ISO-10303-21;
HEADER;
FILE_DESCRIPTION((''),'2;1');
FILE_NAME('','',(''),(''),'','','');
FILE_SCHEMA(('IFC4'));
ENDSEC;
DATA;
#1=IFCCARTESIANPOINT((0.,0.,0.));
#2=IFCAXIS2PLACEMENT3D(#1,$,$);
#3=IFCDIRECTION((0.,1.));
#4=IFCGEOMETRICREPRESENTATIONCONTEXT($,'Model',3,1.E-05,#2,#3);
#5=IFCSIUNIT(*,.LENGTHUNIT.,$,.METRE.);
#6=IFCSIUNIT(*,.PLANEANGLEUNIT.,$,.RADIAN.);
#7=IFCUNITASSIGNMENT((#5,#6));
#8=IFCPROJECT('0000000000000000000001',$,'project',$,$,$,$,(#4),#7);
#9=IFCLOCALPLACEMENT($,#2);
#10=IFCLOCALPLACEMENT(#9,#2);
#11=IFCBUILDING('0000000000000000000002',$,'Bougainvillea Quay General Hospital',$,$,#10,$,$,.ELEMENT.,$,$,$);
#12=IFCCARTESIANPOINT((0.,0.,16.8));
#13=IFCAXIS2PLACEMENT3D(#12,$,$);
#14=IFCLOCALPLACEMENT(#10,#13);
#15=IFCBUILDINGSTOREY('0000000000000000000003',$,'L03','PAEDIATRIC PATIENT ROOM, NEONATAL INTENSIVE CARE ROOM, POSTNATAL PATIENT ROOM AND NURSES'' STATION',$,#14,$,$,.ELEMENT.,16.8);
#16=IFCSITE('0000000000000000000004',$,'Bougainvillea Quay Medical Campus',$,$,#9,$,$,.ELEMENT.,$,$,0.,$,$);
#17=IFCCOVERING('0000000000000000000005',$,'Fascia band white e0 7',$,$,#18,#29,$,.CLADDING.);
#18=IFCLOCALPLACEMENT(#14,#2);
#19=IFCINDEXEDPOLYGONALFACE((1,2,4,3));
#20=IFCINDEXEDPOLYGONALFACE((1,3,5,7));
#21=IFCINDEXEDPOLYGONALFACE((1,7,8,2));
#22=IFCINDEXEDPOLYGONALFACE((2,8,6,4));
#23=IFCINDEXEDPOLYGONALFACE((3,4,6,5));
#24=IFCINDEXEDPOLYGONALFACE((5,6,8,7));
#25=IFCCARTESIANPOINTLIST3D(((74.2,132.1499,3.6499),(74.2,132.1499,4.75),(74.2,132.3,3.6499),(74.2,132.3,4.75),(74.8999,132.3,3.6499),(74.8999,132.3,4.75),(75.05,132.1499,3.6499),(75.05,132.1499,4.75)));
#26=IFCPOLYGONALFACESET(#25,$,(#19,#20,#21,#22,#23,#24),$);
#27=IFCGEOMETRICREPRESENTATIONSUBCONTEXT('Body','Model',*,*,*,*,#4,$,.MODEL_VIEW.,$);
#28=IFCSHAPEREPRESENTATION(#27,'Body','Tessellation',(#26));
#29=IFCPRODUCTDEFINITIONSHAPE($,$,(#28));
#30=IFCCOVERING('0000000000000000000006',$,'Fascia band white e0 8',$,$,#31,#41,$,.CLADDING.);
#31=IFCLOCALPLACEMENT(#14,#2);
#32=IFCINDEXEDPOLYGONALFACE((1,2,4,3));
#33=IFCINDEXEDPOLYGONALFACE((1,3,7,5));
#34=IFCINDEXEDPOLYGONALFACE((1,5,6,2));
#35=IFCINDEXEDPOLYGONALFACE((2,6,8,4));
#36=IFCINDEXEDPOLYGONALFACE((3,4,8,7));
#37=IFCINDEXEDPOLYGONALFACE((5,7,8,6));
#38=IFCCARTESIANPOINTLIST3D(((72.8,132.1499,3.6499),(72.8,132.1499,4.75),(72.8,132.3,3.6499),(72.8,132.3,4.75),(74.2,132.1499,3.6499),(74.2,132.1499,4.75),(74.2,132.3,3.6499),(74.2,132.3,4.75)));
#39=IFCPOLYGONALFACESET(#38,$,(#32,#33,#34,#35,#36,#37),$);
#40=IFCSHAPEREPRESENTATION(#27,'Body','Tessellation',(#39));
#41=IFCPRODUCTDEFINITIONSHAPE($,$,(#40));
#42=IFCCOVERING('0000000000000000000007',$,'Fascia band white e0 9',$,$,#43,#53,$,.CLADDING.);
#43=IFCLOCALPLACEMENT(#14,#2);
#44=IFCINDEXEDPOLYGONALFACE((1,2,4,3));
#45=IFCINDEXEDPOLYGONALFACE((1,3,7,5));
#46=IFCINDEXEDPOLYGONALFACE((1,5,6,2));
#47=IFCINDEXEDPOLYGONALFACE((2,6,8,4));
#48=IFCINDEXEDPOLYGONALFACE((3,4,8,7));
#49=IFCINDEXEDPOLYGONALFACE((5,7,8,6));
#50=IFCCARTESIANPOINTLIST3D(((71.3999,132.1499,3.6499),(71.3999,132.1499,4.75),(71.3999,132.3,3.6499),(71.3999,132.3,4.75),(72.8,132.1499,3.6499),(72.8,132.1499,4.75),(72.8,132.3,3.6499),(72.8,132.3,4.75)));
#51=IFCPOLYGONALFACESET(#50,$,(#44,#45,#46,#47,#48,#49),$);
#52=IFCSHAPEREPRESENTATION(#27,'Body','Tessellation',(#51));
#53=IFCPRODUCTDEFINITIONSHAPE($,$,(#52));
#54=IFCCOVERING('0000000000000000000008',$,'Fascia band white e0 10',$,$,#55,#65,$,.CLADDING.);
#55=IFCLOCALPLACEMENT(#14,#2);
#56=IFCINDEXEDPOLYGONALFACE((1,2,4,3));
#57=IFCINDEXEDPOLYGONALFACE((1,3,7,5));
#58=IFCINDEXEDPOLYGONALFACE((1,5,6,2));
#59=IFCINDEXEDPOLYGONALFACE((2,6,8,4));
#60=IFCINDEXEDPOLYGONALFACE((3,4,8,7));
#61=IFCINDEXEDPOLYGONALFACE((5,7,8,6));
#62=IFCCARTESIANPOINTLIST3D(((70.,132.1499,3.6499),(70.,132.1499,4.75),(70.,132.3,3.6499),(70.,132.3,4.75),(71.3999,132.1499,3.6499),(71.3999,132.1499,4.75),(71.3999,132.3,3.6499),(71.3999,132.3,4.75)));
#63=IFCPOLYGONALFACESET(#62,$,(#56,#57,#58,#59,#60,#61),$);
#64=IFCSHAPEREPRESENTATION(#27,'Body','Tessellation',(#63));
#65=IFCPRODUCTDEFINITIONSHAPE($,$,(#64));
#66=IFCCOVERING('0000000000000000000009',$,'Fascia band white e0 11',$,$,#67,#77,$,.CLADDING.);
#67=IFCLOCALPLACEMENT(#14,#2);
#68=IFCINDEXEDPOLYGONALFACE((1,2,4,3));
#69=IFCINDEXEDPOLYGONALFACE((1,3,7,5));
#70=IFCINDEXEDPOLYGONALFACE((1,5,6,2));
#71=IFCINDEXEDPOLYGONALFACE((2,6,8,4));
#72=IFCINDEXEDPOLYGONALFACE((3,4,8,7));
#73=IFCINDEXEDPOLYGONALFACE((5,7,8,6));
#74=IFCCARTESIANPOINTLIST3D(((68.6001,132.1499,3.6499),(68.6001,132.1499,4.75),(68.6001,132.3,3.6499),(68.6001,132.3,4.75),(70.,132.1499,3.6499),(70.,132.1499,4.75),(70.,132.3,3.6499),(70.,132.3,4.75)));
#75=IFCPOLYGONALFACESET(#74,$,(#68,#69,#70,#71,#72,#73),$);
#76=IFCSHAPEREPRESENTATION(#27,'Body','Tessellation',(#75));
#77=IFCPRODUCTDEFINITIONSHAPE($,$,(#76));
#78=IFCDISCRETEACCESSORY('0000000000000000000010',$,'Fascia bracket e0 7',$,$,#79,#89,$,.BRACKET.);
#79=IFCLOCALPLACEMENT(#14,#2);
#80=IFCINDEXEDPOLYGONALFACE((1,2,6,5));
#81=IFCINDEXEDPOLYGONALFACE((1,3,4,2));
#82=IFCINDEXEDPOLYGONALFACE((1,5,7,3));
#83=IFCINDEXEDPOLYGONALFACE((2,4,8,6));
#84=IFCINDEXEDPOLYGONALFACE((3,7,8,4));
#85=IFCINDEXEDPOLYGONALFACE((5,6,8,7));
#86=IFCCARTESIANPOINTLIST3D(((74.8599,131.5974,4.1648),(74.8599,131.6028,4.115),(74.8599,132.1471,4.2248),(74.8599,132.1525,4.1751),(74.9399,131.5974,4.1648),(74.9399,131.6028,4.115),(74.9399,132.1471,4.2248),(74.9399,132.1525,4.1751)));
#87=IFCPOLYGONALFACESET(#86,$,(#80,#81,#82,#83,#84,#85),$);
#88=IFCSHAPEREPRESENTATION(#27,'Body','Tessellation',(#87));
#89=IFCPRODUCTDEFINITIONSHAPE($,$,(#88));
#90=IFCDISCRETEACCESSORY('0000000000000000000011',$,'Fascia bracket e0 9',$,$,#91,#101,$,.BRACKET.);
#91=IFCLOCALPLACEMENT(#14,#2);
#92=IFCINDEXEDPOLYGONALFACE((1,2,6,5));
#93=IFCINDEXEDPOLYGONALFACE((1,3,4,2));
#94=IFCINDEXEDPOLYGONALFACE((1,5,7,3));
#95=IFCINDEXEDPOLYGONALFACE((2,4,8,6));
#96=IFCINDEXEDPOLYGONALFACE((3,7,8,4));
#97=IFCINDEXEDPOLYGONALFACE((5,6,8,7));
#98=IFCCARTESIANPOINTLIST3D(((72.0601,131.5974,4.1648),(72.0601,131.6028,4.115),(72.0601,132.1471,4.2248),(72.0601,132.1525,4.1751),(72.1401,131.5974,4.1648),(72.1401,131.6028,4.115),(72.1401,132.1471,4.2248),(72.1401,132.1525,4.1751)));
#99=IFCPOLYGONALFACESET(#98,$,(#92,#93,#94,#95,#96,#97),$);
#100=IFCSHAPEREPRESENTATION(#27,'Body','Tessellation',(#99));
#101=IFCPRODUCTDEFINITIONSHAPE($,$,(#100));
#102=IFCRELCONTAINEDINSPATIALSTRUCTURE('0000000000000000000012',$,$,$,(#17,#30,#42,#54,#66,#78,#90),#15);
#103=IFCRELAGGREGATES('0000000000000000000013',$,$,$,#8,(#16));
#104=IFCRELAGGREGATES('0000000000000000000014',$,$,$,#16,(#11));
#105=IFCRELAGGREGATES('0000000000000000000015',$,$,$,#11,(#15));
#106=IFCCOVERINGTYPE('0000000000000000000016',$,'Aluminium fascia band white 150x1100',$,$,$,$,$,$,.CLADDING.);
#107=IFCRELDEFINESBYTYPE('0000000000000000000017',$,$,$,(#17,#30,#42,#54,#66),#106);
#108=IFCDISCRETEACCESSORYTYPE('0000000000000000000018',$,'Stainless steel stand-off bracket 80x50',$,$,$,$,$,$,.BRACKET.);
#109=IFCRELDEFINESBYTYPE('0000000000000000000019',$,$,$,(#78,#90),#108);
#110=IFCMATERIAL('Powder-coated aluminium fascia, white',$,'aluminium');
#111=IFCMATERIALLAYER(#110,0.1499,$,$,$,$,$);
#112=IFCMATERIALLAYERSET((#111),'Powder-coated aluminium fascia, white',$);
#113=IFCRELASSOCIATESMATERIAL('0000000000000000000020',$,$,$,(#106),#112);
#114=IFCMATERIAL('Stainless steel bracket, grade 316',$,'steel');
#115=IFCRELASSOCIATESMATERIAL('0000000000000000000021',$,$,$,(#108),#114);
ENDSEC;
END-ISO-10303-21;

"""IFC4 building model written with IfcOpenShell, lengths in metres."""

from ifc_helpers import new_model, si_unit, direction, frame, origin, origin_2d, place, context, subcontext, project, spatial, polyline, rectangle, outline, extrude, material, layer, layer_set, material_profile, profile_set, type_object, element, save


model = new_model("IFC4")

# Units and contexts
model_context = context("Model", 3, precision=1e-05, world=origin(), true_north=direction((0.0, 1.0)))
body_context = subcontext(model_context, "Body", "Model", "MODEL_VIEW")
ifc_project = project(units=[si_unit("LENGTHUNIT", "METRE"), si_unit("PLANEANGLEUNIT", "RADIAN")], contexts=[model_context])

# Site, building, storey
site_placement = place(None, origin())
site = spatial("IfcSite", under=ifc_project, at=site_placement, Name="Bougainvillea Quay Medical Campus", CompositionType="ELEMENT", RefElevation=0.0)
building_placement = place(site_placement, origin())
building = spatial("IfcBuilding", under=site, at=building_placement, Name="Bougainvillea Quay General Hospital", CompositionType="ELEMENT")
storey_placement = place(building_placement, frame((0.0, 0.0, 16.8)))
storey = spatial("IfcBuildingStorey", under=building, at=storey_placement, Name="L03", Description="PAEDIATRIC PATIENT ROOM, NEONATAL INTENSIVE CARE ROOM, POSTNATAL PATIENT ROOM AND NURSES' STATION", CompositionType="ELEMENT", Elevation=16.8)

# Coverings
ifc_material_1 = material(Name="Powder-coated aluminium fascia, white", Category="aluminium")
ifc_layer_1 = layer(ifc_material_1, 0.1499)
ifc_layer_set_1 = layer_set([ifc_layer_1], Name="Powder-coated aluminium fascia, white")
covering_type = type_object("IfcCoveringType", Name="Aluminium fascia band white 150x1100", PredefinedType="CLADDING", material=ifc_layer_set_1)
covering_1_placement = place(storey_placement, frame((75.05, 132.1499, 3.6499), z_axis=(0.0, 0.0, 1.0), x_axis=(-1.0, 0.0, 0.0)))
element("IfcCovering", 1, at=covering_1_placement, inside=storey, type_object=covering_type, Name="Fascia band white e0 7", PredefinedType="CLADDING", context=body_context, shape_type="SweptSolid", body=[
    extrude(outline(polyline([(0.0, 0.0), (0.8501, 0.0), (0.8501, -0.1501), (0.1501, -0.1501), (0.0, 0.0)])), origin(), (0.0, 0.0, 1.0), 1.1001),
])
covering_2_placement = place(storey_placement, frame((74.2, 132.1499, 3.6499), z_axis=(0.0, 0.0, 1.0), x_axis=(-1.0, 0.0, 0.0)))
element("IfcCovering", 2, at=covering_2_placement, inside=storey, type_object=covering_type, Name="Fascia band white e0 8", PredefinedType="CLADDING", context=body_context, shape_type="SweptSolid", body=[
    extrude(outline(polyline([(0.0, 0.0), (1.3999, 0.0), (1.3999, -0.1501), (0.0, -0.1501), (0.0, 0.0)])), origin(), (0.0, 0.0, 1.0), 1.1001),
])
covering_3_placement = place(storey_placement, frame((72.8, 132.1499, 3.6499), z_axis=(0.0, 0.0, 1.0), x_axis=(-1.0, 0.0, 0.0)))
element("IfcCovering", 3, at=covering_3_placement, inside=storey, type_object=covering_type, Name="Fascia band white e0 9", PredefinedType="CLADDING", context=body_context, shape_type="SweptSolid", body=[
    extrude(outline(polyline([(0.0, 0.0), (1.4001, 0.0), (1.4001, -0.1501), (0.0, -0.1501), (0.0, 0.0)])), origin(), (0.0, 0.0, 1.0), 1.1001),
])
for number, where, z_axis, x_axis, name in (
    (4, (71.3999, 132.1499, 3.6499), (0.0, 0.0, 1.0), (-1.0, 0.0, 0.0), "Fascia band white e0 10"),
    (5, (70.0, 132.1499, 3.6499), (0.0, 0.0, 1.0), (-1.0, 0.0, 0.0), "Fascia band white e0 11"),
):
    element("IfcCovering", number, at=place(storey_placement, frame(where, z_axis=z_axis, x_axis=x_axis)), inside=storey, type_object=covering_type, Name=name, PredefinedType="CLADDING", context=body_context, shape_type="SweptSolid", body=[
        extrude(outline(polyline([(0.0, 0.0), (1.3999, 0.0), (1.3999, -0.1501), (0.0, -0.1501), (0.0, 0.0)])), origin(), (0.0, 0.0, 1.0), 1.1001),
    ])

# Discrete accessories
ifc_material_2 = material(Name="Stainless steel bracket, grade 316", Category="steel")
ifc_material_profile_1 = material_profile(ifc_material_2, rectangle(XDim=0.0801, YDim=0.05, at=origin_2d()))
ifc_profile_set_1 = profile_set([ifc_material_profile_1], Name="Stainless steel bracket, grade 316")
discrete_accessory_type = type_object("IfcDiscreteAccessoryType", Name="Stainless steel stand-off bracket 80x50", PredefinedType="BRACKET", material=ifc_profile_set_1)
for number, where, z_axis, x_axis, name in (
    (6, (74.8999, 131.6001, 4.1399), (0.0, 0.994087, 0.10859), (-1.0, 0.0, 0.0), "Fascia bracket e0 7"),
    (7, (72.1001, 131.6001, 4.1399), (0.0, 0.994087, 0.10859), (-1.0, 0.0, 0.0), "Fascia bracket e0 9"),
):
    element("IfcDiscreteAccessory", number, at=place(storey_placement, frame(where, z_axis=z_axis, x_axis=x_axis)), inside=storey, type_object=discrete_accessory_type, Name=name, PredefinedType="BRACKET", context=body_context, shape_type="SweptSolid", body=[
        extrude(rectangle(XDim=0.0801, YDim=0.05, at=origin_2d()), origin(), (0.0, 0.0, 1.0), 0.553),
    ])

save(model, "model.ifc")
